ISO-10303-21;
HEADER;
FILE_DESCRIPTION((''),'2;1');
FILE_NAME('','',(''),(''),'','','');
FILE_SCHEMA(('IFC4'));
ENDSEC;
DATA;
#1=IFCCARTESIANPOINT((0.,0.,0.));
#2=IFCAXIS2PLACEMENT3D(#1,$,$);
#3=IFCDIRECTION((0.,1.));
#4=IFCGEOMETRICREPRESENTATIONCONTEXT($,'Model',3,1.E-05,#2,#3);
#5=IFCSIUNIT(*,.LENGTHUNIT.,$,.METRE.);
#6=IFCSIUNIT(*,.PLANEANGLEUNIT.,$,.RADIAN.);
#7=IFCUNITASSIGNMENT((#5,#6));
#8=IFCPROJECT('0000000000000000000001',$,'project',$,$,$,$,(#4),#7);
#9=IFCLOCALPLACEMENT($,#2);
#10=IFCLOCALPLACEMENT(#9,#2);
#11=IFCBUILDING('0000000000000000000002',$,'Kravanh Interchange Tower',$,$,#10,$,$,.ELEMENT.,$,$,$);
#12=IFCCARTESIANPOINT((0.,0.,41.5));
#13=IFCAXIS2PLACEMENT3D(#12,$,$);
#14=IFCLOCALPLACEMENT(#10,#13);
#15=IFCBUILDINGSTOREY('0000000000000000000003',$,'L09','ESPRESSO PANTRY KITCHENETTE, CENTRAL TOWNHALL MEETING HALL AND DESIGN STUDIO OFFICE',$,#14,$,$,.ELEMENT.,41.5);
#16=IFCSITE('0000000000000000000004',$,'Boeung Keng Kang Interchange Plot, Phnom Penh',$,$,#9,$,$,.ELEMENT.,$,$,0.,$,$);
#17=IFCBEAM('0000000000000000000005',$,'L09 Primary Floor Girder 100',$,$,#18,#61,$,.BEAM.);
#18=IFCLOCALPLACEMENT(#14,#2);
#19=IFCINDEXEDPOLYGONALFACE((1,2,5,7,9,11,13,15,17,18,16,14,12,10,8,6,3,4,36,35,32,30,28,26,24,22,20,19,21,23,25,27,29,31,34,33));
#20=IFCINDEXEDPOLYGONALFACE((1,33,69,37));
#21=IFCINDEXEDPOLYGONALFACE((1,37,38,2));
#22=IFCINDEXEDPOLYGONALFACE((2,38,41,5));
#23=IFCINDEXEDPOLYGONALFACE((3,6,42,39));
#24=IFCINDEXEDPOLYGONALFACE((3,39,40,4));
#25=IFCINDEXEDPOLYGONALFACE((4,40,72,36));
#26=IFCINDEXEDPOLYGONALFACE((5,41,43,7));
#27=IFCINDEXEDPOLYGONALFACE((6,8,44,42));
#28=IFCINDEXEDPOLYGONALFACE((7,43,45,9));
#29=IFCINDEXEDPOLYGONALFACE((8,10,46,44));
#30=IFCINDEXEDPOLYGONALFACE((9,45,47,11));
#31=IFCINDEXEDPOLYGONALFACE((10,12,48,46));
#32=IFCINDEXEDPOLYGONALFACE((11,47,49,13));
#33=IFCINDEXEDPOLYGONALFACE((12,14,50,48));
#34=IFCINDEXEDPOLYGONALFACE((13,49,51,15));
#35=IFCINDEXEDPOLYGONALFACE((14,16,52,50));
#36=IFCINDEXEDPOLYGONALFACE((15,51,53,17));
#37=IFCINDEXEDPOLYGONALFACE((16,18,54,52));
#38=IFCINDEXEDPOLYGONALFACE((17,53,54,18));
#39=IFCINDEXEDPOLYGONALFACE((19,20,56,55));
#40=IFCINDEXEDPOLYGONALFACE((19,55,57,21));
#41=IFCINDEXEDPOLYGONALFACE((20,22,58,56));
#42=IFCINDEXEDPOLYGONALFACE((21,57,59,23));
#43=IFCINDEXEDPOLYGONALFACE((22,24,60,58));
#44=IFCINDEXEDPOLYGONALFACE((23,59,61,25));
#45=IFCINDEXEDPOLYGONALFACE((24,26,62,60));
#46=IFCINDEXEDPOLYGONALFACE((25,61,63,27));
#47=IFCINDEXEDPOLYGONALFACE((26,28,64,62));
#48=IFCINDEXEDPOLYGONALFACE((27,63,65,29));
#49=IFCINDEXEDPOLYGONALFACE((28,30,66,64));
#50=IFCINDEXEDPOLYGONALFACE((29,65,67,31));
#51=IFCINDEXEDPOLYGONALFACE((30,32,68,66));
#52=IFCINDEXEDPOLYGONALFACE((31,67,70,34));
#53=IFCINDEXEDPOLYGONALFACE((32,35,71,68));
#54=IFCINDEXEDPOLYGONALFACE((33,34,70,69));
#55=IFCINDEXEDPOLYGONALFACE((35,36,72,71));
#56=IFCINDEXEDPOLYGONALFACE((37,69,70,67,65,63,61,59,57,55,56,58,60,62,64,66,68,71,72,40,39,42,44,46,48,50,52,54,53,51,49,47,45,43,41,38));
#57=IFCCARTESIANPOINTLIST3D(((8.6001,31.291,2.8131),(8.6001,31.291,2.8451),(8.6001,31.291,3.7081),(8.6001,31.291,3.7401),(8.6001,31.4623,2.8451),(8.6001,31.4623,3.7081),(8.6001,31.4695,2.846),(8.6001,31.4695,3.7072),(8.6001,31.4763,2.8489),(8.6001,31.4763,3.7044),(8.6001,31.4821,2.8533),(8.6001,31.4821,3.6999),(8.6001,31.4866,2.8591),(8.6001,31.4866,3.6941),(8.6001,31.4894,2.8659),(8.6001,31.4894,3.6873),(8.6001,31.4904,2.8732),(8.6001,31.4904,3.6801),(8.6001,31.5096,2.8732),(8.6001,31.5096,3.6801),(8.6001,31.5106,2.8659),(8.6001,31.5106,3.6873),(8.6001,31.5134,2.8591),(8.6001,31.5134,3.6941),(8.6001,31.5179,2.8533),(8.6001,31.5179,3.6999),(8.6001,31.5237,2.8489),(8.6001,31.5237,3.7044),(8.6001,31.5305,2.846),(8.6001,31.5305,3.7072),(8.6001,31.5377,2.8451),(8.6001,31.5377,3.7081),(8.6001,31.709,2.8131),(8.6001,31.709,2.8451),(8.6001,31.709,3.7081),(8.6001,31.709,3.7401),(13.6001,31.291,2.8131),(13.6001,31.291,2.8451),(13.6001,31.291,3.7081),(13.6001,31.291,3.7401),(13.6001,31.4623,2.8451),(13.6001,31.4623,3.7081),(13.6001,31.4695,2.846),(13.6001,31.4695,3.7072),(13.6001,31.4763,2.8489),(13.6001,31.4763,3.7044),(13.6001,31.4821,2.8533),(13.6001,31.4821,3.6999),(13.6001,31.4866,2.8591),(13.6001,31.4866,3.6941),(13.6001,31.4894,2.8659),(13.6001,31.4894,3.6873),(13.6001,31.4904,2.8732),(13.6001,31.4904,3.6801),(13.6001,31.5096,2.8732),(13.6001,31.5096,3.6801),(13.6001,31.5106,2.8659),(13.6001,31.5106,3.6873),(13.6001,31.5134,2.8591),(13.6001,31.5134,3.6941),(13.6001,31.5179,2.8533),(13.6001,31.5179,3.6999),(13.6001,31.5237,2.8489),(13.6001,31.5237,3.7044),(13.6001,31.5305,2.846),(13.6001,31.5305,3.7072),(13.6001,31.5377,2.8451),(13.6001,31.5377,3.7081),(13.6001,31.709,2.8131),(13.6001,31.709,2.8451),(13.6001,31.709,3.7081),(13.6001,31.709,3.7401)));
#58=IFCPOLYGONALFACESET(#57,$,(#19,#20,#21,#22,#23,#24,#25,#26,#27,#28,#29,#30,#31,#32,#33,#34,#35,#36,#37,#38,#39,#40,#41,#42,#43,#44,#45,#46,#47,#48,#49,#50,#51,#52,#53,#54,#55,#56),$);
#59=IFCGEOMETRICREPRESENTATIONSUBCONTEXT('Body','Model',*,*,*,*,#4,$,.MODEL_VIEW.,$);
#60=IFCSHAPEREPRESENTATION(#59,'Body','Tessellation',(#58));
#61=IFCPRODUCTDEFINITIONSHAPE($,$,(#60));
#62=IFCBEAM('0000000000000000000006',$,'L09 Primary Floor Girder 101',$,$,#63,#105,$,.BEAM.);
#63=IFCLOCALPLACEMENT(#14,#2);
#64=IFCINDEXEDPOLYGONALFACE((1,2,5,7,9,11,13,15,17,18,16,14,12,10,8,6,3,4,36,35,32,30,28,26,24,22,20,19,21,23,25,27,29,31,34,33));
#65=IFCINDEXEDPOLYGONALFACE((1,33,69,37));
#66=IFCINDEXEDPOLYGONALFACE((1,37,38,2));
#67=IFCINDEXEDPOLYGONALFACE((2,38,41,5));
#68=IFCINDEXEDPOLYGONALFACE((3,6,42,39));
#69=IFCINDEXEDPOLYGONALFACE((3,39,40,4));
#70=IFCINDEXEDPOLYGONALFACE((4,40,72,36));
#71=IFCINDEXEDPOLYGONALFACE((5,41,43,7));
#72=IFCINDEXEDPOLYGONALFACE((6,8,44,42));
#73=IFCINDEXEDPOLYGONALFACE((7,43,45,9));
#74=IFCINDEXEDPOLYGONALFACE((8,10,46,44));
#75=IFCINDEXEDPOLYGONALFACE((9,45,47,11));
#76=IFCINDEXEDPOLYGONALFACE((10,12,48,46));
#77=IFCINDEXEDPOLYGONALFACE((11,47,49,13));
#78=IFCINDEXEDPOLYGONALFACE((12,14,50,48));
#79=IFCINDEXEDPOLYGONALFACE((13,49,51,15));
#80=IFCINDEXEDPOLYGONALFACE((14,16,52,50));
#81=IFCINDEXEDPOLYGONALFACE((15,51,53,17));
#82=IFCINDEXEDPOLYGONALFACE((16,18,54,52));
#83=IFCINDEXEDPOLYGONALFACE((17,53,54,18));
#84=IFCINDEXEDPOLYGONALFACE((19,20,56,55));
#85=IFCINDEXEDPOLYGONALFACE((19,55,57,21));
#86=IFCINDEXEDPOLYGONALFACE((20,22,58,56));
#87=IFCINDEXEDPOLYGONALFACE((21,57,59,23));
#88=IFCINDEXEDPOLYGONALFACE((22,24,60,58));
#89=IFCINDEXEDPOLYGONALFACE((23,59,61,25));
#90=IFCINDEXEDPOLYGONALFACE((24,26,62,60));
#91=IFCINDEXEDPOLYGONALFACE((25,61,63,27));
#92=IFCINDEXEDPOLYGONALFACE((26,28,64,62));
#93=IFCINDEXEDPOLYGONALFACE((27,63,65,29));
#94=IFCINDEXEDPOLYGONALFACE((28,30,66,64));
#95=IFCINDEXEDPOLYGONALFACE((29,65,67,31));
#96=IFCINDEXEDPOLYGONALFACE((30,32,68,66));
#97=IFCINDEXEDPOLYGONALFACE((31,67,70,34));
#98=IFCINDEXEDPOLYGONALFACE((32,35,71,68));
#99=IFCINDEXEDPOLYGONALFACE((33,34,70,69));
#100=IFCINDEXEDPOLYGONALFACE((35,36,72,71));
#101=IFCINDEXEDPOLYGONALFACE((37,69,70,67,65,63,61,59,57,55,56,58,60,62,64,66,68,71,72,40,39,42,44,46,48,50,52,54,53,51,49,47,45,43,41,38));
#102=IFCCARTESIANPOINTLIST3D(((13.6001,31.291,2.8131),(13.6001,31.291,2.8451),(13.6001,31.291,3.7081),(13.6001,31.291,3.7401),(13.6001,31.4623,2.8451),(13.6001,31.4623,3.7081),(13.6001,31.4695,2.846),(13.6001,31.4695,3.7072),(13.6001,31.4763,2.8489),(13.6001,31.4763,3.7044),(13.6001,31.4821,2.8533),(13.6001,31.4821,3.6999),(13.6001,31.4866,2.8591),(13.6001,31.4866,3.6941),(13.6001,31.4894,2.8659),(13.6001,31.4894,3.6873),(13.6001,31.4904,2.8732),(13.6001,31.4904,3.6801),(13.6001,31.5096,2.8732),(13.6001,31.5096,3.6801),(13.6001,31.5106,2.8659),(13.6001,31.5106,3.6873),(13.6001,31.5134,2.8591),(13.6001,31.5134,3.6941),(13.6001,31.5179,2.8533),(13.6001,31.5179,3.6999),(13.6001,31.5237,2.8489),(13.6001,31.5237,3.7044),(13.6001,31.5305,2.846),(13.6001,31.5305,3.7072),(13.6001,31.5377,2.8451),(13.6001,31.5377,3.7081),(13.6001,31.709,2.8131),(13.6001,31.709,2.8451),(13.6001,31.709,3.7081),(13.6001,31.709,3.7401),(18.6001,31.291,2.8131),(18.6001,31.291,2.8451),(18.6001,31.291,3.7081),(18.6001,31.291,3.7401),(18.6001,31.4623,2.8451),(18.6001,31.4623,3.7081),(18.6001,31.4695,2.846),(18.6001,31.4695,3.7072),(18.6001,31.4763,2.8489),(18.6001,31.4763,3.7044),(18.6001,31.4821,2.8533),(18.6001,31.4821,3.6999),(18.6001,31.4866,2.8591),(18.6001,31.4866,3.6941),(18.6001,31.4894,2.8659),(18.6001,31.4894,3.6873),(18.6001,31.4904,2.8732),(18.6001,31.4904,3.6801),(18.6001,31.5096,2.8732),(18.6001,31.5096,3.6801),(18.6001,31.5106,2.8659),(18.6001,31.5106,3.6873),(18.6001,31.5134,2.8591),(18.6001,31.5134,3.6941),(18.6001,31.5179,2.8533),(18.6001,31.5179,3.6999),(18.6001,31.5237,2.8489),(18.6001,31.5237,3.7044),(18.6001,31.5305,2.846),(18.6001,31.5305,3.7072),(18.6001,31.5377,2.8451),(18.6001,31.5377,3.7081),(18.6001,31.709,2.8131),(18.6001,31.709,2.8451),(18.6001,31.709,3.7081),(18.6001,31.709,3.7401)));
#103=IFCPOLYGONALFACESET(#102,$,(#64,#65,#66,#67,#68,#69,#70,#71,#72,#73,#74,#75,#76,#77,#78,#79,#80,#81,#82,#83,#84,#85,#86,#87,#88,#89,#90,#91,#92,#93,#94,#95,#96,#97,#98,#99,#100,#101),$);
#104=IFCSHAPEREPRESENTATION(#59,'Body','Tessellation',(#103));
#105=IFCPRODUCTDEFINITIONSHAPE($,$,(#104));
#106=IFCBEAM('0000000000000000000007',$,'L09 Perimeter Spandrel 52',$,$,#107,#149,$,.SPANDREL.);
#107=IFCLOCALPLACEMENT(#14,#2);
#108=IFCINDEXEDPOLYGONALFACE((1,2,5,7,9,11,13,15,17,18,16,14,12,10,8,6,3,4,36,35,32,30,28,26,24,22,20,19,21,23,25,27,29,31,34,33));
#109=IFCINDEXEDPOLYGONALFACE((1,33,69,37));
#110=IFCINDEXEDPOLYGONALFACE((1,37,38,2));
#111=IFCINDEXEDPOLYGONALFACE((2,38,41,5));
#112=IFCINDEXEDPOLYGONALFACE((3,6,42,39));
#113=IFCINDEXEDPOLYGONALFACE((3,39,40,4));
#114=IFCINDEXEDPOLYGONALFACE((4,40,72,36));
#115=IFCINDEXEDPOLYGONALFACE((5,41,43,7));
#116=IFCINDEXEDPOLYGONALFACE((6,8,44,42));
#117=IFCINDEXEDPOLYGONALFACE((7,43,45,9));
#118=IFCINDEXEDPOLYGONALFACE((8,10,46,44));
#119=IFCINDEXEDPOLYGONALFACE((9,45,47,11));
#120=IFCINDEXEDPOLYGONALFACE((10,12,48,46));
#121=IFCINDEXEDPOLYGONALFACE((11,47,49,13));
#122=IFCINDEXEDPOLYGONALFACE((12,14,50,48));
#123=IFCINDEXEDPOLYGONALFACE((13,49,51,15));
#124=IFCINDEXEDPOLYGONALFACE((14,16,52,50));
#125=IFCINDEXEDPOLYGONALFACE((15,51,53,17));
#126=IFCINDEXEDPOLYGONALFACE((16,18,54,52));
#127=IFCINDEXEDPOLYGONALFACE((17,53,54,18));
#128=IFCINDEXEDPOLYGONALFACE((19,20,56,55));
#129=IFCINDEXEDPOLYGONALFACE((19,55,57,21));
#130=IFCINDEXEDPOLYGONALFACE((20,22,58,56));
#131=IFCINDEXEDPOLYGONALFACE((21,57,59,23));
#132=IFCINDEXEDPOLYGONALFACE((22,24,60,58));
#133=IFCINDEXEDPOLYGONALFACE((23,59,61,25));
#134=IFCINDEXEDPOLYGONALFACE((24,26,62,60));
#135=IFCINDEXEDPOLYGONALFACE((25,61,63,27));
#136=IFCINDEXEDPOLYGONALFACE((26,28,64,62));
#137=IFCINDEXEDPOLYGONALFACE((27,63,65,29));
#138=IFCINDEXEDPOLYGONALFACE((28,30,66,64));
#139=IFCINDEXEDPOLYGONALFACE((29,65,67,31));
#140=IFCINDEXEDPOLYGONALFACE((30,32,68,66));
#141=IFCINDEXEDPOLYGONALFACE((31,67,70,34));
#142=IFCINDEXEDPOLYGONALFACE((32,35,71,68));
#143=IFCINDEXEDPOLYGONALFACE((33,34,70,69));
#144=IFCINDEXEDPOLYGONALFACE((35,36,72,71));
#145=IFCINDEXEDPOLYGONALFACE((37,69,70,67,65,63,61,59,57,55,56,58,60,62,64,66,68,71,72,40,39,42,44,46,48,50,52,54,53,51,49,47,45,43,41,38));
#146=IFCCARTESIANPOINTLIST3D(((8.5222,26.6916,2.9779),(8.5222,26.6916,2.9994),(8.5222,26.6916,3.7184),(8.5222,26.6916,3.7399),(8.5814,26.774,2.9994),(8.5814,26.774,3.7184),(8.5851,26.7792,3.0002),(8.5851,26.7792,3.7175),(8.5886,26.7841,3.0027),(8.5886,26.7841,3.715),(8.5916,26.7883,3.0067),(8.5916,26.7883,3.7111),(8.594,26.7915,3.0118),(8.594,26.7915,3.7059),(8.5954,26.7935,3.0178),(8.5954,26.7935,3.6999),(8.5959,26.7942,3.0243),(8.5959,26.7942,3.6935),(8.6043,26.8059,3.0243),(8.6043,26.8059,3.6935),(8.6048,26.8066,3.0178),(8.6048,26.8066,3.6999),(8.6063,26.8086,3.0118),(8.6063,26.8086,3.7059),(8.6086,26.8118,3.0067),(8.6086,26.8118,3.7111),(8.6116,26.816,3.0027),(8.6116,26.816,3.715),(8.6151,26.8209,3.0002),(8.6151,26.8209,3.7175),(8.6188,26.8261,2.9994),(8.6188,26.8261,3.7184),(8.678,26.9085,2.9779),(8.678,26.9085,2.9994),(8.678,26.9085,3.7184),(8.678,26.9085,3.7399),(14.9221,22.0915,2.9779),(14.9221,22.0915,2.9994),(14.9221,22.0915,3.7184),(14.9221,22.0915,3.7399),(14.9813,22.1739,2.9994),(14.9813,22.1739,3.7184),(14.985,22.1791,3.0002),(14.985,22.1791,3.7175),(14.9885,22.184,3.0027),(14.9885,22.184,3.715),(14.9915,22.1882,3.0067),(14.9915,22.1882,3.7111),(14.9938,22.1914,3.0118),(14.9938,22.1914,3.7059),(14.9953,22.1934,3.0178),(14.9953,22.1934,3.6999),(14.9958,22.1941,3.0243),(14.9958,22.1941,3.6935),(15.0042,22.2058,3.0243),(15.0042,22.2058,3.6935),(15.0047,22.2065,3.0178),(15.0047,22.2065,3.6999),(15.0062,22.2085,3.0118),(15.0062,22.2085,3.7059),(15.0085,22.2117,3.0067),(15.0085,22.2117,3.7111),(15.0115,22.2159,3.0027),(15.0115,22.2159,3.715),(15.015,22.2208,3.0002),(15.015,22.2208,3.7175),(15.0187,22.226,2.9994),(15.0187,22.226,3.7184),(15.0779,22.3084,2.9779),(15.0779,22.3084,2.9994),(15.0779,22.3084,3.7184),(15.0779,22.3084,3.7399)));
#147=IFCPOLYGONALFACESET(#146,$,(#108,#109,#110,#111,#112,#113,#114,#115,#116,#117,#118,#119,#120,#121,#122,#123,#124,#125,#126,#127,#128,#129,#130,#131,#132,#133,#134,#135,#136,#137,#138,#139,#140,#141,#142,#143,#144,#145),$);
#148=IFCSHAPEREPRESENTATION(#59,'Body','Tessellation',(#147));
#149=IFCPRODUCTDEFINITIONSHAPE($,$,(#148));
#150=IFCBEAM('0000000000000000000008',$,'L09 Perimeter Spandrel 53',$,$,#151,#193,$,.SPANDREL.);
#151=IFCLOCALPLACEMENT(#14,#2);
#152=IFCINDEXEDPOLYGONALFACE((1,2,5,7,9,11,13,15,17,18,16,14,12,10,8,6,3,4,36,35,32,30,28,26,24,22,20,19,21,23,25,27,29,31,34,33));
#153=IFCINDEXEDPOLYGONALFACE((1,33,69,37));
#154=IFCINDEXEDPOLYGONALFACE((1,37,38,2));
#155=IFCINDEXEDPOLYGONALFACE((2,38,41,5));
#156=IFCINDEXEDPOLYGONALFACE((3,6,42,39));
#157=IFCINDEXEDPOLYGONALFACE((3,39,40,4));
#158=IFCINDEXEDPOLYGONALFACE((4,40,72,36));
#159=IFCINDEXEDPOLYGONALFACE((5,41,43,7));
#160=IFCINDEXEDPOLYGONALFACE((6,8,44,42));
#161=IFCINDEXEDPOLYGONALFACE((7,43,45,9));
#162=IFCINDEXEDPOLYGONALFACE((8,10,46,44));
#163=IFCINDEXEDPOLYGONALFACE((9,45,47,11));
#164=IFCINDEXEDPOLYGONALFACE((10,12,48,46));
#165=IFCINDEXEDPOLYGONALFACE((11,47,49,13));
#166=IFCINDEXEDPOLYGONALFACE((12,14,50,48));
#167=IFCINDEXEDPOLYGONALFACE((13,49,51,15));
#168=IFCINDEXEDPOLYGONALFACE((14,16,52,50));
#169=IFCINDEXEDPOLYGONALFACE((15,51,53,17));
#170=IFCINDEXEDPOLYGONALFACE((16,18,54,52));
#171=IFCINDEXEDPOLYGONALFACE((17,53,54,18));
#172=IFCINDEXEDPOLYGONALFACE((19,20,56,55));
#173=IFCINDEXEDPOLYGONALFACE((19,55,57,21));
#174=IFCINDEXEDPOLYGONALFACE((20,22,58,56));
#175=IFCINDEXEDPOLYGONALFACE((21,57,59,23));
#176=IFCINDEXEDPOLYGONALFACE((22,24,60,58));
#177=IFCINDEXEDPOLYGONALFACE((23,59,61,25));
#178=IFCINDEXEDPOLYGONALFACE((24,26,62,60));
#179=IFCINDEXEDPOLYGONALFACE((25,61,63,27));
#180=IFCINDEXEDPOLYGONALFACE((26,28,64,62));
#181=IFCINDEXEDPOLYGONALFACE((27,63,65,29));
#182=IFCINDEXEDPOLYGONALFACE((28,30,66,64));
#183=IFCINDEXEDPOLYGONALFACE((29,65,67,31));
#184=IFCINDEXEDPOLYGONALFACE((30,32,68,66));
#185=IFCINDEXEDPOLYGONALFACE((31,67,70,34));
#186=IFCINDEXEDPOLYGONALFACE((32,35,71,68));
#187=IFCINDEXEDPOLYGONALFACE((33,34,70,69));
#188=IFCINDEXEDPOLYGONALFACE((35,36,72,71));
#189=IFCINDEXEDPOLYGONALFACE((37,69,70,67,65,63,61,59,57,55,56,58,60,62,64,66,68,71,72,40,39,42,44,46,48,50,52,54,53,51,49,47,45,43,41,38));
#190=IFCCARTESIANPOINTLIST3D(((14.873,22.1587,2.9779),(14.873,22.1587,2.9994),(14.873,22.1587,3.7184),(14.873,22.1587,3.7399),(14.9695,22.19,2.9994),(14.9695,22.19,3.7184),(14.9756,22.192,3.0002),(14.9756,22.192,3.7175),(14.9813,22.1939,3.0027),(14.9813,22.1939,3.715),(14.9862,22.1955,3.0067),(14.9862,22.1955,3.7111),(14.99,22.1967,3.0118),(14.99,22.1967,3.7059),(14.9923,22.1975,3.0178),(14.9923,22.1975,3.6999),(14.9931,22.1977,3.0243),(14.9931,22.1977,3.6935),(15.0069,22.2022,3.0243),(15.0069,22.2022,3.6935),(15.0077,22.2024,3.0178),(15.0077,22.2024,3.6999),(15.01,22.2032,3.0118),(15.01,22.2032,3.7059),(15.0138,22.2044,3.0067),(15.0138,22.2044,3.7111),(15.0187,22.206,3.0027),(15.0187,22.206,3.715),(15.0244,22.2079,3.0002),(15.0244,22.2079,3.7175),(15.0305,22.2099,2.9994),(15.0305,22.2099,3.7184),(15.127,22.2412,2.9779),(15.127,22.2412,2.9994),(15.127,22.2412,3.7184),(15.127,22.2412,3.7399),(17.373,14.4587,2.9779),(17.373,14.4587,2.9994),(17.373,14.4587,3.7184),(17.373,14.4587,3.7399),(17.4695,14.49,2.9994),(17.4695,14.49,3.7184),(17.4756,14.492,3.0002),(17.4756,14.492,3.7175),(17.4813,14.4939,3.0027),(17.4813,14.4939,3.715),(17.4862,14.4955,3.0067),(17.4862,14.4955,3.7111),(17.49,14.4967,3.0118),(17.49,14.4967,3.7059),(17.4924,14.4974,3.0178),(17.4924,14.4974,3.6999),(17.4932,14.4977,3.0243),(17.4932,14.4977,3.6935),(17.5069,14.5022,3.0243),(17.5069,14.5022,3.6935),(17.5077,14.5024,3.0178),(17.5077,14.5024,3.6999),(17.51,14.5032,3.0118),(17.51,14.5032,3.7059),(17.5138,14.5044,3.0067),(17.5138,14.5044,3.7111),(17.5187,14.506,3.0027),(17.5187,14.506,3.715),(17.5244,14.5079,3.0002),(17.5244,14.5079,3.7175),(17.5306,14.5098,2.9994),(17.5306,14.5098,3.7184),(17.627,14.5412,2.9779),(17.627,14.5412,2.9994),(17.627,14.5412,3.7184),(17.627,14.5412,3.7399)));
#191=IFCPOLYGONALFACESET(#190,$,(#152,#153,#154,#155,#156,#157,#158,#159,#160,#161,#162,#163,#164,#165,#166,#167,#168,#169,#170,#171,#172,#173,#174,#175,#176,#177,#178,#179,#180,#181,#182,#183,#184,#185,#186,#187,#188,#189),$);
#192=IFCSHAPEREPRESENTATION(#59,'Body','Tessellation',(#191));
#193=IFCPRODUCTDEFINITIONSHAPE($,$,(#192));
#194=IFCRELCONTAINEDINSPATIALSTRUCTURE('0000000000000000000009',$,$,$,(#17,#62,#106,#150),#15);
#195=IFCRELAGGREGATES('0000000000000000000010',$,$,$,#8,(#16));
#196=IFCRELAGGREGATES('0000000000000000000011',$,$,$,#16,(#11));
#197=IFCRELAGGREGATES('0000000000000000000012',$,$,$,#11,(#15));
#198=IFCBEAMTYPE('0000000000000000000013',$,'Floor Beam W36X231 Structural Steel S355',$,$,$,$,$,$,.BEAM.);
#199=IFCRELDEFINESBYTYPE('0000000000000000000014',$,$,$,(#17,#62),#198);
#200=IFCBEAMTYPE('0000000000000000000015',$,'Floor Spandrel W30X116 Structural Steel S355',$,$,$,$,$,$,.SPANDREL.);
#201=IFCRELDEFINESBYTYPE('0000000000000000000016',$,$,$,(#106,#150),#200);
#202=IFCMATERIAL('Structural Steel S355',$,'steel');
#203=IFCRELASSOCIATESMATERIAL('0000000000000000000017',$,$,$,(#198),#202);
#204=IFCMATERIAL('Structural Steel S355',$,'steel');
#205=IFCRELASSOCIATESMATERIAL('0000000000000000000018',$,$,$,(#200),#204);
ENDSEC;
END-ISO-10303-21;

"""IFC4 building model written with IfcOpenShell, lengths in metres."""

from ifc_helpers import new_model, si_unit, direction, frame, origin, origin_2d, place, context, subcontext, project, spatial, i_section, extrude, material, material_profile, profile_set, type_object, element, save


model = new_model("IFC4")

# Units and contexts
model_context = context("Model", 3, precision=1e-05, world=origin(), true_north=direction((0.0, 1.0)))
body_context = subcontext(model_context, "Body", "Model", "MODEL_VIEW")
ifc_project = project(units=[si_unit("LENGTHUNIT", "METRE"), si_unit("PLANEANGLEUNIT", "RADIAN")], contexts=[model_context])

# Site, building, storey
site_placement = place(None, origin())
site = spatial("IfcSite", under=ifc_project, at=site_placement, Name="Boeung Keng Kang Interchange Plot, Phnom Penh", CompositionType="ELEMENT", RefElevation=0.0)
building_placement = place(site_placement, origin())
building = spatial("IfcBuilding", under=site, at=building_placement, Name="Kravanh Interchange Tower", CompositionType="ELEMENT")
storey_placement = place(building_placement, frame((0.0, 0.0, 41.5)))
storey = spatial("IfcBuildingStorey", under=building, at=storey_placement, Name="L09", Description="ESPRESSO PANTRY KITCHENETTE, CENTRAL TOWNHALL MEETING HALL AND DESIGN STUDIO OFFICE", CompositionType="ELEMENT", Elevation=41.5)

# Beams
ifc_material_1 = material(Name="Structural Steel S355", Category="steel")
ifc_material_profile_1 = material_profile(ifc_material_1, i_section(OverallWidth=0.418, OverallDepth=0.927, WebThickness=0.0193, FlangeThickness=0.032, FilletRadius=0.0281, at=origin_2d()), Name="W36X231")
ifc_profile_set_1 = profile_set([ifc_material_profile_1], Name="Structural Steel S355")
beam_type_1 = type_object("IfcBeamType", Name="Floor Beam W36X231 Structural Steel S355", PredefinedType="BEAM", material=ifc_profile_set_1)
for number, where, z_axis, x_axis, name in (
    (1, (8.6001, 31.5, 3.2766), (1.0, 0.0, 0.0), (0.0, 1.0, 0.0), "L09 Primary Floor Girder 100"),
    (2, (13.6001, 31.5, 3.2766), (1.0, 0.0, 0.0), (0.0, 1.0, 0.0), "L09 Primary Floor Girder 101"),
):
    element("IfcBeam", number, at=place(storey_placement, frame(where, z_axis=z_axis, x_axis=x_axis)), inside=storey, type_object=beam_type_1, Name=name, PredefinedType="BEAM", context=body_context, shape_type="SweptSolid", body=[
        extrude(i_section(OverallWidth=0.418, OverallDepth=0.927, WebThickness=0.0193, FlangeThickness=0.032, FilletRadius=0.0281, at=origin_2d()), origin(), (0.0, 0.0, 1.0), 5.0),
    ])
ifc_material_2 = material(Name="Structural Steel S355", Category="steel")
ifc_material_profile_2 = material_profile(ifc_material_2, i_section(OverallWidth=0.2671, OverallDepth=0.762, WebThickness=0.0144, FlangeThickness=0.0215, FilletRadius=0.0249, at=origin_2d()), Name="W30X116")
ifc_profile_set_2 = profile_set([ifc_material_profile_2], Name="Structural Steel S355")
beam_type_2 = type_object("IfcBeamType", Name="Floor Spandrel W30X116 Structural Steel S355", PredefinedType="SPANDREL", material=ifc_profile_set_2)
beam_1_placement = place(storey_placement, frame((15.0, 22.2, 3.3589), z_axis=(-0.812005, 0.58365, 0.0), x_axis=(-0.58365, -0.812005, 0.0)))
element("IfcBeam", 3, at=beam_1_placement, inside=storey, type_object=beam_type_2, Name="L09 Perimeter Spandrel 52", PredefinedType="SPANDREL", context=body_context, shape_type="SweptSolid", body=[
    extrude(i_section(OverallWidth=0.2671, OverallDepth=0.762, WebThickness=0.0144, FlangeThickness=0.0215, FilletRadius=0.0249, at=origin_2d()), origin(), (0.0, 0.0, 1.0), 7.8816),
])
beam_2_placement = place(storey_placement, frame((15.0, 22.2, 3.3589), z_axis=(0.308809, -0.951124, 0.0), x_axis=(0.951124, 0.308809, 0.0)))
element("IfcBeam", 4, at=beam_2_placement, inside=storey, type_object=beam_type_2, Name="L09 Perimeter Spandrel 53", PredefinedType="SPANDREL", context=body_context, shape_type="SweptSolid", body=[
    extrude(i_section(OverallWidth=0.2671, OverallDepth=0.762, WebThickness=0.0144, FlangeThickness=0.0215, FilletRadius=0.0249, at=origin_2d()), origin(), (0.0, 0.0, 1.0), 8.0957),
])

save(model, "model.ifc")
